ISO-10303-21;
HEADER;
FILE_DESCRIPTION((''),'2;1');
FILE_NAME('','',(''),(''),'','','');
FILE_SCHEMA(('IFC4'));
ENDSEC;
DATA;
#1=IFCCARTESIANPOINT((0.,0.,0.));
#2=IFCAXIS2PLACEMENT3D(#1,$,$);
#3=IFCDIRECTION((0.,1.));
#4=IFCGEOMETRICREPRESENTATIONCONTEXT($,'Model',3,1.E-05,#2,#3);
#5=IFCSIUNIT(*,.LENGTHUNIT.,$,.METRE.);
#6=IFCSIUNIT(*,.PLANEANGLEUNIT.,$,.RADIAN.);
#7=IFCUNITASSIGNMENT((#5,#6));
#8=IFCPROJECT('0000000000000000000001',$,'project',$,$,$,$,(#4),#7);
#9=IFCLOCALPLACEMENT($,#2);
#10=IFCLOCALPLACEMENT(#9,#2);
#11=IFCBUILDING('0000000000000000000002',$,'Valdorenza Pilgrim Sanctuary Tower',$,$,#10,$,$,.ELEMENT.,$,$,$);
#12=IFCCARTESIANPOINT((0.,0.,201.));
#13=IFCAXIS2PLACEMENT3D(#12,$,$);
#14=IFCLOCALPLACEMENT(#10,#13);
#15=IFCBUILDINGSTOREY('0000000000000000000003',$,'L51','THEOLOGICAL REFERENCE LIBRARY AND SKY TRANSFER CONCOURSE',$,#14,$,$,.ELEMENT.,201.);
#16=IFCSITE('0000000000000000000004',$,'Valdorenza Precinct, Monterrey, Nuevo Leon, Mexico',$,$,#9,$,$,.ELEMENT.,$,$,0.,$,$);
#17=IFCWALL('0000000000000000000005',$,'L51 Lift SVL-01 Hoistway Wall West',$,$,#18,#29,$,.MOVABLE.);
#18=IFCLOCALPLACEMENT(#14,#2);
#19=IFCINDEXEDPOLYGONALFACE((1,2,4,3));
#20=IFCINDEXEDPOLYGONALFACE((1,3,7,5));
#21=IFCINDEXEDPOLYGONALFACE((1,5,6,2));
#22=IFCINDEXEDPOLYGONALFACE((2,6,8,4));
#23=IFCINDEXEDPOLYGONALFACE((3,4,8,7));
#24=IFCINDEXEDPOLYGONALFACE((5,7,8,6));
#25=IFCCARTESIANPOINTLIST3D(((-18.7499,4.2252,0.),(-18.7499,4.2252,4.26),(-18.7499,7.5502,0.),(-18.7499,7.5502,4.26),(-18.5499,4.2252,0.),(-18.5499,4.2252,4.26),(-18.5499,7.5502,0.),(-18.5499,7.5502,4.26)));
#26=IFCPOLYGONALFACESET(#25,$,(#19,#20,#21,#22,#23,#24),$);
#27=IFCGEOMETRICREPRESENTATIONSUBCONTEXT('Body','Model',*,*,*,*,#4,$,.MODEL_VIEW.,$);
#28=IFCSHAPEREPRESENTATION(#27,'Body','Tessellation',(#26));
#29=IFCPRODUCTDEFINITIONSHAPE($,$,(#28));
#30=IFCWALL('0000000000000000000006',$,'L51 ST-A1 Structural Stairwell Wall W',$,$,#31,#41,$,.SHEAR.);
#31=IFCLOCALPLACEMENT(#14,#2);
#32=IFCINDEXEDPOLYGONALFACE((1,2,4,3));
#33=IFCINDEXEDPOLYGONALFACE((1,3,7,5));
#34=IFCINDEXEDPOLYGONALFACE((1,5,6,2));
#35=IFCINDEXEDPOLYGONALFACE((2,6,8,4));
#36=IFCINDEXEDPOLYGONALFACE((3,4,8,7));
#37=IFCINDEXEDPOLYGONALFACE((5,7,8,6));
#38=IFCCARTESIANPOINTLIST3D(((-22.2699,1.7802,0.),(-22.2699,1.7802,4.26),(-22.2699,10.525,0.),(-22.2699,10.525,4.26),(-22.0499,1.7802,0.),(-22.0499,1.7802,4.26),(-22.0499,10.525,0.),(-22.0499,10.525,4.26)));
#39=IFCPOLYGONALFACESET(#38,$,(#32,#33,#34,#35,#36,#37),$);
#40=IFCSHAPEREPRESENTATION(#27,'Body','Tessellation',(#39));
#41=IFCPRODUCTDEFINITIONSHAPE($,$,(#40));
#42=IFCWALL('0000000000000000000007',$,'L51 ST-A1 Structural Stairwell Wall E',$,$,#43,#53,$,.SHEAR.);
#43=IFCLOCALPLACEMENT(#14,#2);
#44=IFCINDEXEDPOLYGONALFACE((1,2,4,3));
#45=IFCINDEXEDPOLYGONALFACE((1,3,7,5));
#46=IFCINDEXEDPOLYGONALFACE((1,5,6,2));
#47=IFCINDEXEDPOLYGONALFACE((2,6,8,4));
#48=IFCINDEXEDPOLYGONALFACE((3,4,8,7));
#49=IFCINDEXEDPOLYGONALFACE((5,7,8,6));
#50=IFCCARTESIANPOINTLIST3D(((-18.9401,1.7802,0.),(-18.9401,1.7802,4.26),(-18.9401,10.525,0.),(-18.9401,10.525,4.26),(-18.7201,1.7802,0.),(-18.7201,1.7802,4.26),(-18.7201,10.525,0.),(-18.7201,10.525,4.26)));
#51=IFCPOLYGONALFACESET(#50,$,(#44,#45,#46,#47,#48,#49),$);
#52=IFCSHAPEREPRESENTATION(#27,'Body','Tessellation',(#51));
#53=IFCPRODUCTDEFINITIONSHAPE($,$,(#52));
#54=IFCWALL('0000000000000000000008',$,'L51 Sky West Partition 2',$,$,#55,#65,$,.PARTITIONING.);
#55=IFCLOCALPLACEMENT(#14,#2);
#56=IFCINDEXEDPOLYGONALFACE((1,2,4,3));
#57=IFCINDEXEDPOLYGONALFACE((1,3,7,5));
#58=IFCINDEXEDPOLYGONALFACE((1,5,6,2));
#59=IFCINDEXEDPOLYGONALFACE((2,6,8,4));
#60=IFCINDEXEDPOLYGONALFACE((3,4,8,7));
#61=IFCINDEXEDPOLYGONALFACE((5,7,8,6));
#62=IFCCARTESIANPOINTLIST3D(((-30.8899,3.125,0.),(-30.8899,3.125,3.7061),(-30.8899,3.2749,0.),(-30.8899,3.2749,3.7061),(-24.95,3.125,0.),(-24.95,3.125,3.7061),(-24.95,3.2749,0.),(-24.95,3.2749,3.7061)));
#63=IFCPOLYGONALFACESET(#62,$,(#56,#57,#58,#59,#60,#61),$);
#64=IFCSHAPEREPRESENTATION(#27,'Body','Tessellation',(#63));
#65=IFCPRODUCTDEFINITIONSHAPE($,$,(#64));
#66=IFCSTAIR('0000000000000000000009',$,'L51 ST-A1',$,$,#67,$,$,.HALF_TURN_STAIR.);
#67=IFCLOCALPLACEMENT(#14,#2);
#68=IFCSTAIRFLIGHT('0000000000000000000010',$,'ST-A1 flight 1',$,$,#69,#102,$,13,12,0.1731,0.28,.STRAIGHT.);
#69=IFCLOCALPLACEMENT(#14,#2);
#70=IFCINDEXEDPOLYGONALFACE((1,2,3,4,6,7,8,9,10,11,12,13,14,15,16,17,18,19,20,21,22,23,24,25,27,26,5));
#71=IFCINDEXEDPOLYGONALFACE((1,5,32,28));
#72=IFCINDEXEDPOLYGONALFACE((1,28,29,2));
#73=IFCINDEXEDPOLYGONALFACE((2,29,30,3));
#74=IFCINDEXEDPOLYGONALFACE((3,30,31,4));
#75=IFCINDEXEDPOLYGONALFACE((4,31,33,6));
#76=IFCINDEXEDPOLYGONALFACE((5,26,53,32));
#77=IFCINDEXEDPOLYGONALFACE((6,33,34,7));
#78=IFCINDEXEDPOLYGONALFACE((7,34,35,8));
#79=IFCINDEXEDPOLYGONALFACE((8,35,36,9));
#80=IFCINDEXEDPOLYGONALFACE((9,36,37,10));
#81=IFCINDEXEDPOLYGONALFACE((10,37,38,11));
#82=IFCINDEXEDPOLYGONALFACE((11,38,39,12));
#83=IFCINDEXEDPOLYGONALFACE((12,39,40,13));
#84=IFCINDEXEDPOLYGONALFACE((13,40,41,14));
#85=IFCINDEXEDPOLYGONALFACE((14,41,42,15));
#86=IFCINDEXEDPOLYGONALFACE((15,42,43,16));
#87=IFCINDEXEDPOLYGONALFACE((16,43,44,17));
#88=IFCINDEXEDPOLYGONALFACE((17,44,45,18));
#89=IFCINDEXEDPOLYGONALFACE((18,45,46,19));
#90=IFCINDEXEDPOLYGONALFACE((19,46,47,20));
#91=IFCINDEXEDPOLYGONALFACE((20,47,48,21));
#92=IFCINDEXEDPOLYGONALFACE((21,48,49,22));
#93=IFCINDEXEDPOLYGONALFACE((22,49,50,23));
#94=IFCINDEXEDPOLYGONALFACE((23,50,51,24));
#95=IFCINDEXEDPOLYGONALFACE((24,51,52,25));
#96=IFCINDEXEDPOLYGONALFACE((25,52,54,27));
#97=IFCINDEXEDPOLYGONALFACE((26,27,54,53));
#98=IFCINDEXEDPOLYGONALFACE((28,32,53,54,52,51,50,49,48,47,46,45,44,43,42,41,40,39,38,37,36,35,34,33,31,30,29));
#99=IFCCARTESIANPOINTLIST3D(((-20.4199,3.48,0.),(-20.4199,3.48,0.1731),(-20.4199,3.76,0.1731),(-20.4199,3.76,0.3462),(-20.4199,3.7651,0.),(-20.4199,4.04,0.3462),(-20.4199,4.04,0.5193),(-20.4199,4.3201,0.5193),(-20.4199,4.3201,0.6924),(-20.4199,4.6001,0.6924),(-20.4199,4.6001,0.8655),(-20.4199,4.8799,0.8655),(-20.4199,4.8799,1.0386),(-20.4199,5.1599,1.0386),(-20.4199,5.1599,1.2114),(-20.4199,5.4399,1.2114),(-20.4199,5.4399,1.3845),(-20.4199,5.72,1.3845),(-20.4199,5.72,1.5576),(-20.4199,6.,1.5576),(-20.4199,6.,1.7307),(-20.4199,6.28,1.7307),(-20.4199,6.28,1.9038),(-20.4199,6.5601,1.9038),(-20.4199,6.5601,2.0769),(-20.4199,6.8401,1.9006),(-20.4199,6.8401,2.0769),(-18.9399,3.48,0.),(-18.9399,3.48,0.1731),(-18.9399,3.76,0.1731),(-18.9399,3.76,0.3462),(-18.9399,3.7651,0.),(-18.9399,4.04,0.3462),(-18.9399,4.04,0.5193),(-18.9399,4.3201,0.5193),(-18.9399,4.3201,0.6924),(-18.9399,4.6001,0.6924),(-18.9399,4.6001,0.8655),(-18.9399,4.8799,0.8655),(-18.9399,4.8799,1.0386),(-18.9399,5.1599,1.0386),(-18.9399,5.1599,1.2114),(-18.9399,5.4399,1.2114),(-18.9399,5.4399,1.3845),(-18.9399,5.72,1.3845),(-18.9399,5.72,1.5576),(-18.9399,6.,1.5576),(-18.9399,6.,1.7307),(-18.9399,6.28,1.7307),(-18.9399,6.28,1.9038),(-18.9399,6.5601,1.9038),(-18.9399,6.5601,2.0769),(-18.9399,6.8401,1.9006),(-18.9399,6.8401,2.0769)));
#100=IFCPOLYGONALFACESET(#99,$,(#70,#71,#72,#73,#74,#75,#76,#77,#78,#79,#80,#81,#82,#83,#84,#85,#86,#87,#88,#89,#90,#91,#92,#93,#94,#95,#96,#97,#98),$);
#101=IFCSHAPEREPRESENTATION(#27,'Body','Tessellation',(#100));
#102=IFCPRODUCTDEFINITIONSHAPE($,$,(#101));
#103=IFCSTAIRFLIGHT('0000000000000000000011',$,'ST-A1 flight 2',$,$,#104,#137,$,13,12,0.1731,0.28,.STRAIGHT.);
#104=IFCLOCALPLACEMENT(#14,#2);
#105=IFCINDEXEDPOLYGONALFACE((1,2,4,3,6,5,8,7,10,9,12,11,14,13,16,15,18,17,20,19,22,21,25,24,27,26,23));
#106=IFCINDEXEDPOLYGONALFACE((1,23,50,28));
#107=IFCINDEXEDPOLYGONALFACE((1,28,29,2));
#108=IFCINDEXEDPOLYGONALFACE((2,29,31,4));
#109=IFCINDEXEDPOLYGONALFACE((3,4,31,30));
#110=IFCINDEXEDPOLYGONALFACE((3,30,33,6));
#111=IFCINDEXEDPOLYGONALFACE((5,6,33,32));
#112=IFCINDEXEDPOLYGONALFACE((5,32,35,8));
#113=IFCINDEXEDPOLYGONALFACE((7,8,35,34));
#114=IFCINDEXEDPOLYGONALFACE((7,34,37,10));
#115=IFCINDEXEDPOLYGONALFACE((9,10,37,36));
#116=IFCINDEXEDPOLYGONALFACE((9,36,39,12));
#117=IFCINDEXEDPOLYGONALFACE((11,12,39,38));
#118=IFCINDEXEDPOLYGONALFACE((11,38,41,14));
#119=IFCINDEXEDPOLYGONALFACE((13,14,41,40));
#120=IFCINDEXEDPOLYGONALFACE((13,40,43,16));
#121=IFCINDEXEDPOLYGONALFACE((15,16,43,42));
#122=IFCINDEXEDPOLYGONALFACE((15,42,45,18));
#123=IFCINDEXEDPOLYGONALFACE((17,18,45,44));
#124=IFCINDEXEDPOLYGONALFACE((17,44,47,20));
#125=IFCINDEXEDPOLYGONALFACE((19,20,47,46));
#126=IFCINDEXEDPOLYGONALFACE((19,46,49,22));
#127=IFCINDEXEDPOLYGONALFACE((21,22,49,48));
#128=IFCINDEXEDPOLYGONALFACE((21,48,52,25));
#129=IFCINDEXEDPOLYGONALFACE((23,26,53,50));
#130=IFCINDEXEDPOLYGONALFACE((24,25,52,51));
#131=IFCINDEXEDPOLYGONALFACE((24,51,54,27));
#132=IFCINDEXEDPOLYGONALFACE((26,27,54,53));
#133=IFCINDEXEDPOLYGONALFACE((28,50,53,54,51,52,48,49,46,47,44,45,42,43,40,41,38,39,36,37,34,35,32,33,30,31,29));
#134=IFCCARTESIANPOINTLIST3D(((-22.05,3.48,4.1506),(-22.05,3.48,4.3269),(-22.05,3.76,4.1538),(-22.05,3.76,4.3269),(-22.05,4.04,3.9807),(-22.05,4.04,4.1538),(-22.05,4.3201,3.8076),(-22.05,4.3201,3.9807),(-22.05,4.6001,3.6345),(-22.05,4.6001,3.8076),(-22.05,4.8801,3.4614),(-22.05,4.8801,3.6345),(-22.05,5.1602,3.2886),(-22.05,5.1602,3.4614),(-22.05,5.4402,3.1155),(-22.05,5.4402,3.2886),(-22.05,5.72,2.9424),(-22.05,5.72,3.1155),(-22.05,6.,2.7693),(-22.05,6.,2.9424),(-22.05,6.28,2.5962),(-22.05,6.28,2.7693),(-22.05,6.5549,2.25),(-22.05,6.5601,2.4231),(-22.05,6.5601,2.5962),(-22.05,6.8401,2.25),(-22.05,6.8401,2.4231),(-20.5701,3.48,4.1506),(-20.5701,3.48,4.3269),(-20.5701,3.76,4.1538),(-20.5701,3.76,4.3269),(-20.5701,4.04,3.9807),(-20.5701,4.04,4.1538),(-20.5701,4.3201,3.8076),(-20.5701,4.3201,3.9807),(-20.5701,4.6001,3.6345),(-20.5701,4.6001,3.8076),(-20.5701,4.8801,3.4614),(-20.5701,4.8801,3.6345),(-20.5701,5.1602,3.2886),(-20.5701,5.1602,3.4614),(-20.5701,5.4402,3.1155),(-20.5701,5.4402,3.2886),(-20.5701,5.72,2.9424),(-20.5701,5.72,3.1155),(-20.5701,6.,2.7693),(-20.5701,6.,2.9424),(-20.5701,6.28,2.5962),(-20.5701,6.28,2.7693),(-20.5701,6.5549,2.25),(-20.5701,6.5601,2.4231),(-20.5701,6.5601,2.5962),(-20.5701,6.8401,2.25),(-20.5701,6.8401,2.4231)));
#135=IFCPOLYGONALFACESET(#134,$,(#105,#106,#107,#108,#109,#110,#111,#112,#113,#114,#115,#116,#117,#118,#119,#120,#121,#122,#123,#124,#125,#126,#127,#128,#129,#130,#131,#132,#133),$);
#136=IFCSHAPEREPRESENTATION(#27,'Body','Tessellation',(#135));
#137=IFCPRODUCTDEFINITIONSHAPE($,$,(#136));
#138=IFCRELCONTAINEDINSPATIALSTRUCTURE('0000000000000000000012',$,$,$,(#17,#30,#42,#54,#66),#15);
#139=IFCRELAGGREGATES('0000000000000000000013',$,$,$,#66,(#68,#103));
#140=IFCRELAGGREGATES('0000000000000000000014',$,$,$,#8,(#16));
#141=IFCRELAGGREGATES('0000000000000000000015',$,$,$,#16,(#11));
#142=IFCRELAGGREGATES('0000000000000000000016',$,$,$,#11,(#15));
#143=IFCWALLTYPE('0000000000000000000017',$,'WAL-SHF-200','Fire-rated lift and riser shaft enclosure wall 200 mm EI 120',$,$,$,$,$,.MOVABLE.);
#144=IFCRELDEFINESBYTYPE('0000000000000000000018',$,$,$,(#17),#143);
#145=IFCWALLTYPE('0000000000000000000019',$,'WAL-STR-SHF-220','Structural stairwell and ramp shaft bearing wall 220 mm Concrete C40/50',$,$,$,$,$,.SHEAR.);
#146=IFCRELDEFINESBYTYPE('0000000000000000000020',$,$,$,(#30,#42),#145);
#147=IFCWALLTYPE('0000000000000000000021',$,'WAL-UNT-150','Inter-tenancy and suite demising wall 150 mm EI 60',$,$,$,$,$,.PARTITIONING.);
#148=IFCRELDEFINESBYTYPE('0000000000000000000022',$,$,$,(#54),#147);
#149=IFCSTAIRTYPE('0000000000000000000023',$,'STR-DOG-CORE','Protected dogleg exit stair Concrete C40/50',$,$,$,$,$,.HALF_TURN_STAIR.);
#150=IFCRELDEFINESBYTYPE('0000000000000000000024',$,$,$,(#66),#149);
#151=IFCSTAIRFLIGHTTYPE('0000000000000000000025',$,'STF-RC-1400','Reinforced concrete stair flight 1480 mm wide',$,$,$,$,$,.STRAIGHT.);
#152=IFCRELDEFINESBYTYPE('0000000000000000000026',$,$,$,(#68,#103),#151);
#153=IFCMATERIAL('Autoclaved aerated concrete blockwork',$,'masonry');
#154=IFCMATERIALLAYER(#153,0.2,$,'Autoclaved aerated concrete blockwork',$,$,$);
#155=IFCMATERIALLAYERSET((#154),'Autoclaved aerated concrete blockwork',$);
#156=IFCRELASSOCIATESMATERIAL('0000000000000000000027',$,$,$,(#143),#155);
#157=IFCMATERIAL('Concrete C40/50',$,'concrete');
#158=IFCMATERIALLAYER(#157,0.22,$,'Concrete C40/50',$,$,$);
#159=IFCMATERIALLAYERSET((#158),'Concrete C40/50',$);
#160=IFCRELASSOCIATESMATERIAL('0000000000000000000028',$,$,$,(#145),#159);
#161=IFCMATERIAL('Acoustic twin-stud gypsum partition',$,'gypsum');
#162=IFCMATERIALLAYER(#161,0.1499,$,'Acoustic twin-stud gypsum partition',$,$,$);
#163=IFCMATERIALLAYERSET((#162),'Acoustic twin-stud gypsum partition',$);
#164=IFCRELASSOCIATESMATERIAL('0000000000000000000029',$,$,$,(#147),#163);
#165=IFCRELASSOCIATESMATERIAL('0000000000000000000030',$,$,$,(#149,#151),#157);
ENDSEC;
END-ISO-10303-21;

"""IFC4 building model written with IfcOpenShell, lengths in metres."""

from ifc_helpers import new_model, si_unit, direction, frame, frame_2d, origin, place, context, subcontext, project, spatial, polyline, rectangle, outline, extrude, material, layer, layer_set, type_object, element, aggregate, save


model = new_model("IFC4")

# Units and contexts
model_context = context("Model", 3, precision=1e-05, world=origin(), true_north=direction((0.0, 1.0)))
body_context = subcontext(model_context, "Body", "Model", "MODEL_VIEW")
ifc_project = project(units=[si_unit("LENGTHUNIT", "METRE"), si_unit("PLANEANGLEUNIT", "RADIAN")], contexts=[model_context])

# Site, building, storey
site_placement = place(None, origin())
site = spatial("IfcSite", under=ifc_project, at=site_placement, Name="Valdorenza Precinct, Monterrey, Nuevo Leon, Mexico", CompositionType="ELEMENT", RefElevation=0.0)
building_placement = place(site_placement, origin())
building = spatial("IfcBuilding", under=site, at=building_placement, Name="Valdorenza Pilgrim Sanctuary Tower", CompositionType="ELEMENT")
storey_placement = place(building_placement, frame((0.0, 0.0, 201.0)))
storey = spatial("IfcBuildingStorey", under=building, at=storey_placement, Name="L51", Description="THEOLOGICAL REFERENCE LIBRARY AND SKY TRANSFER CONCOURSE", CompositionType="ELEMENT", Elevation=201.0)

# Shared definitions
ifc_material_1 = material(Name="Acoustic twin-stud gypsum partition", Category="gypsum")

# Walls
ifc_material_2 = material(Name="Autoclaved aerated concrete blockwork", Category="masonry")
ifc_layer_1 = layer(ifc_material_2, 0.2, Name="Autoclaved aerated concrete blockwork")
ifc_layer_set_1 = layer_set([ifc_layer_1], Name="Autoclaved aerated concrete blockwork")
wall_type_1 = type_object("IfcWallType", Name="WAL-SHF-200", Description="Fire-rated lift and riser shaft enclosure wall 200 mm EI 120", PredefinedType="MOVABLE", material=ifc_layer_set_1)
wall_1_placement = place(storey_placement, frame((-18.6499, 4.2251, 0.0), z_axis=(0.0, 0.0, 1.0), x_axis=(0.0, 1.0, 0.0)))
element("IfcWall", 1, at=wall_1_placement, inside=storey, type_object=wall_type_1, Name="L51 Lift SVL-01 Hoistway Wall West", PredefinedType="MOVABLE", context=body_context, shape_type="SweptSolid", body=[
    extrude(rectangle(XDim=3.325, YDim=0.2, at=frame_2d((1.6626, 0.0))), origin(), (0.0, 0.0, 1.0), 4.26),
])
ifc_material_3 = material(Name="Concrete C40/50", Category="concrete")
ifc_layer_2 = layer(ifc_material_3, 0.22, Name="Concrete C40/50")
ifc_layer_set_2 = layer_set([ifc_layer_2], Name="Concrete C40/50")
wall_type_2 = type_object("IfcWallType", Name="WAL-STR-SHF-220", Description="Structural stairwell and ramp shaft bearing wall 220 mm Concrete C40/50", PredefinedType="SHEAR", material=ifc_layer_set_2)
for number, where, z_axis, x_axis, name in (
    (2, (-22.1599, 1.78, 0.0), (0.0, 0.0, 1.0), (0.0, 1.0, 0.0), "L51 ST-A1 Structural Stairwell Wall W"),
    (3, (-18.8301, 1.78, 0.0), (0.0, 0.0, 1.0), (0.0, 1.0, 0.0), "L51 ST-A1 Structural Stairwell Wall E"),
):
    element("IfcWall", number, at=place(storey_placement, frame(where, z_axis=z_axis, x_axis=x_axis)), inside=storey, type_object=wall_type_2, Name=name, PredefinedType="SHEAR", context=body_context, shape_type="SweptSolid", body=[
        extrude(rectangle(XDim=8.7449, YDim=0.22, at=frame_2d((4.3726, 0.0))), origin(), (0.0, 0.0, 1.0), 4.26),
    ])

# Wall
ifc_layer_3 = layer(ifc_material_1, 0.1499, Name="Acoustic twin-stud gypsum partition")
ifc_layer_set_3 = layer_set([ifc_layer_3], Name="Acoustic twin-stud gypsum partition")
wall_type_3 = type_object("IfcWallType", Name="WAL-UNT-150", Description="Inter-tenancy and suite demising wall 150 mm EI 60", PredefinedType="PARTITIONING", material=ifc_layer_set_3)
wall_2_placement = place(storey_placement, frame((-30.8899, 3.2, 0.0), z_axis=(0.0, 0.0, 1.0), x_axis=(1.0, 0.0, 0.0)))
element("IfcWall", 4, at=wall_2_placement, inside=storey, type_object=wall_type_3, Name="L51 Sky West Partition 2", PredefinedType="PARTITIONING", context=body_context, shape_type="SweptSolid", body=[
    extrude(rectangle(XDim=5.9399, YDim=0.1499, at=frame_2d((2.97, 0.0))), origin(), (0.0, 0.0, 1.0), 3.7061),
])

# Stair, stair flights
stair_type = type_object("IfcStairType", Name="STR-DOG-CORE", Description="Protected dogleg exit stair Concrete C40/50", PredefinedType="HALF_TURN_STAIR", material=ifc_material_3)
stair_placement = place(storey_placement, origin())
stair = element("IfcStair", 5, at=stair_placement, inside=storey, type_object=stair_type, Name="L51 ST-A1", PredefinedType="HALF_TURN_STAIR")
stair_flight_type = type_object("IfcStairFlightType", Name="STF-RC-1400", Description="Reinforced concrete stair flight 1480 mm wide", PredefinedType="STRAIGHT", material=ifc_material_3)
stair_flight_1_placement = place(storey_placement, frame((-19.6799, 3.48, 0.0), z_axis=(0.0, 0.0, 1.0), x_axis=(0.0, 1.0, 0.0)))
stair_flight_1 = element("IfcStairFlight", 6, at=stair_flight_1_placement, type_object=stair_flight_type, Name="ST-A1 flight 1", NumberOfRisers=13, NumberOfTreads=12, PredefinedType="STRAIGHT", RiserHeight=0.1731, TreadLength=0.28, context=body_context, shape_type="SweptSolid", body=[
    extrude(outline(polyline([(0.0, 0.0), (0.0, 0.1731), (0.28, 0.1731), (0.28, 0.3462), (0.5601, 0.3462), (0.5601, 0.5193), (0.8401, 0.5193), (0.8401, 0.6924), (1.1201, 0.6924), (1.1201, 0.8655), (1.3999, 0.8655), (1.3999, 1.0386), (1.6799, 1.0386), (1.6799, 1.2114), (1.96, 1.2114), (1.96, 1.3845), (2.24, 1.3845), (2.24, 1.5576), (2.52, 1.5576), (2.52, 1.7307), (2.8, 1.7307), (2.8, 1.9038), (3.0801, 1.9038), (3.0801, 2.0769), (3.3601, 2.0769), (3.3601, 2.25), (3.3601, 1.9006), (0.2852, 0.0), (0.0, 0.0)])), frame((0.0, 0.74, 0.0), z_axis=(0.0, -1.0, 0.0), x_axis=(1.0, 0.0, 0.0)), (0.0, 0.0, 1.0), 1.48),
])
stair_flight_2_placement = place(storey_placement, frame((-21.3101, 6.8401, 2.25), z_axis=(0.0, 0.0, 1.0), x_axis=(0.0, -1.0, 0.0)))
stair_flight_2 = element("IfcStairFlight", 7, at=stair_flight_2_placement, type_object=stair_flight_type, Name="ST-A1 flight 2", NumberOfRisers=13, NumberOfTreads=12, PredefinedType="STRAIGHT", RiserHeight=0.1731, TreadLength=0.28, context=body_context, shape_type="SweptSolid", body=[
    extrude(outline(polyline([(0.0, 0.0), (0.0, 0.1731), (0.28, 0.1731), (0.28, 0.3462), (0.5601, 0.3462), (0.5601, 0.5193), (0.8401, 0.5193), (0.8401, 0.6924), (1.1201, 0.6924), (1.1201, 0.8655), (1.3999, 0.8655), (1.3999, 1.0386), (1.6799, 1.0386), (1.6799, 1.2114), (1.96, 1.2114), (1.96, 1.3845), (2.24, 1.3845), (2.24, 1.5576), (2.52, 1.5576), (2.52, 1.7307), (2.8, 1.7307), (2.8, 1.9038), (3.0801, 1.9038), (3.0801, 2.0769), (3.3601, 2.0769), (3.3601, 2.25), (3.3601, 1.9006), (0.2852, 0.0), (0.0, 0.0)])), frame((0.0, 0.74, 0.0), z_axis=(0.0, -1.0, 0.0), x_axis=(1.0, 0.0, 0.0)), (0.0, 0.0, 1.0), 1.48),
])
aggregate(stair, [stair_flight_1, stair_flight_2])

save(model, "model.ifc")
